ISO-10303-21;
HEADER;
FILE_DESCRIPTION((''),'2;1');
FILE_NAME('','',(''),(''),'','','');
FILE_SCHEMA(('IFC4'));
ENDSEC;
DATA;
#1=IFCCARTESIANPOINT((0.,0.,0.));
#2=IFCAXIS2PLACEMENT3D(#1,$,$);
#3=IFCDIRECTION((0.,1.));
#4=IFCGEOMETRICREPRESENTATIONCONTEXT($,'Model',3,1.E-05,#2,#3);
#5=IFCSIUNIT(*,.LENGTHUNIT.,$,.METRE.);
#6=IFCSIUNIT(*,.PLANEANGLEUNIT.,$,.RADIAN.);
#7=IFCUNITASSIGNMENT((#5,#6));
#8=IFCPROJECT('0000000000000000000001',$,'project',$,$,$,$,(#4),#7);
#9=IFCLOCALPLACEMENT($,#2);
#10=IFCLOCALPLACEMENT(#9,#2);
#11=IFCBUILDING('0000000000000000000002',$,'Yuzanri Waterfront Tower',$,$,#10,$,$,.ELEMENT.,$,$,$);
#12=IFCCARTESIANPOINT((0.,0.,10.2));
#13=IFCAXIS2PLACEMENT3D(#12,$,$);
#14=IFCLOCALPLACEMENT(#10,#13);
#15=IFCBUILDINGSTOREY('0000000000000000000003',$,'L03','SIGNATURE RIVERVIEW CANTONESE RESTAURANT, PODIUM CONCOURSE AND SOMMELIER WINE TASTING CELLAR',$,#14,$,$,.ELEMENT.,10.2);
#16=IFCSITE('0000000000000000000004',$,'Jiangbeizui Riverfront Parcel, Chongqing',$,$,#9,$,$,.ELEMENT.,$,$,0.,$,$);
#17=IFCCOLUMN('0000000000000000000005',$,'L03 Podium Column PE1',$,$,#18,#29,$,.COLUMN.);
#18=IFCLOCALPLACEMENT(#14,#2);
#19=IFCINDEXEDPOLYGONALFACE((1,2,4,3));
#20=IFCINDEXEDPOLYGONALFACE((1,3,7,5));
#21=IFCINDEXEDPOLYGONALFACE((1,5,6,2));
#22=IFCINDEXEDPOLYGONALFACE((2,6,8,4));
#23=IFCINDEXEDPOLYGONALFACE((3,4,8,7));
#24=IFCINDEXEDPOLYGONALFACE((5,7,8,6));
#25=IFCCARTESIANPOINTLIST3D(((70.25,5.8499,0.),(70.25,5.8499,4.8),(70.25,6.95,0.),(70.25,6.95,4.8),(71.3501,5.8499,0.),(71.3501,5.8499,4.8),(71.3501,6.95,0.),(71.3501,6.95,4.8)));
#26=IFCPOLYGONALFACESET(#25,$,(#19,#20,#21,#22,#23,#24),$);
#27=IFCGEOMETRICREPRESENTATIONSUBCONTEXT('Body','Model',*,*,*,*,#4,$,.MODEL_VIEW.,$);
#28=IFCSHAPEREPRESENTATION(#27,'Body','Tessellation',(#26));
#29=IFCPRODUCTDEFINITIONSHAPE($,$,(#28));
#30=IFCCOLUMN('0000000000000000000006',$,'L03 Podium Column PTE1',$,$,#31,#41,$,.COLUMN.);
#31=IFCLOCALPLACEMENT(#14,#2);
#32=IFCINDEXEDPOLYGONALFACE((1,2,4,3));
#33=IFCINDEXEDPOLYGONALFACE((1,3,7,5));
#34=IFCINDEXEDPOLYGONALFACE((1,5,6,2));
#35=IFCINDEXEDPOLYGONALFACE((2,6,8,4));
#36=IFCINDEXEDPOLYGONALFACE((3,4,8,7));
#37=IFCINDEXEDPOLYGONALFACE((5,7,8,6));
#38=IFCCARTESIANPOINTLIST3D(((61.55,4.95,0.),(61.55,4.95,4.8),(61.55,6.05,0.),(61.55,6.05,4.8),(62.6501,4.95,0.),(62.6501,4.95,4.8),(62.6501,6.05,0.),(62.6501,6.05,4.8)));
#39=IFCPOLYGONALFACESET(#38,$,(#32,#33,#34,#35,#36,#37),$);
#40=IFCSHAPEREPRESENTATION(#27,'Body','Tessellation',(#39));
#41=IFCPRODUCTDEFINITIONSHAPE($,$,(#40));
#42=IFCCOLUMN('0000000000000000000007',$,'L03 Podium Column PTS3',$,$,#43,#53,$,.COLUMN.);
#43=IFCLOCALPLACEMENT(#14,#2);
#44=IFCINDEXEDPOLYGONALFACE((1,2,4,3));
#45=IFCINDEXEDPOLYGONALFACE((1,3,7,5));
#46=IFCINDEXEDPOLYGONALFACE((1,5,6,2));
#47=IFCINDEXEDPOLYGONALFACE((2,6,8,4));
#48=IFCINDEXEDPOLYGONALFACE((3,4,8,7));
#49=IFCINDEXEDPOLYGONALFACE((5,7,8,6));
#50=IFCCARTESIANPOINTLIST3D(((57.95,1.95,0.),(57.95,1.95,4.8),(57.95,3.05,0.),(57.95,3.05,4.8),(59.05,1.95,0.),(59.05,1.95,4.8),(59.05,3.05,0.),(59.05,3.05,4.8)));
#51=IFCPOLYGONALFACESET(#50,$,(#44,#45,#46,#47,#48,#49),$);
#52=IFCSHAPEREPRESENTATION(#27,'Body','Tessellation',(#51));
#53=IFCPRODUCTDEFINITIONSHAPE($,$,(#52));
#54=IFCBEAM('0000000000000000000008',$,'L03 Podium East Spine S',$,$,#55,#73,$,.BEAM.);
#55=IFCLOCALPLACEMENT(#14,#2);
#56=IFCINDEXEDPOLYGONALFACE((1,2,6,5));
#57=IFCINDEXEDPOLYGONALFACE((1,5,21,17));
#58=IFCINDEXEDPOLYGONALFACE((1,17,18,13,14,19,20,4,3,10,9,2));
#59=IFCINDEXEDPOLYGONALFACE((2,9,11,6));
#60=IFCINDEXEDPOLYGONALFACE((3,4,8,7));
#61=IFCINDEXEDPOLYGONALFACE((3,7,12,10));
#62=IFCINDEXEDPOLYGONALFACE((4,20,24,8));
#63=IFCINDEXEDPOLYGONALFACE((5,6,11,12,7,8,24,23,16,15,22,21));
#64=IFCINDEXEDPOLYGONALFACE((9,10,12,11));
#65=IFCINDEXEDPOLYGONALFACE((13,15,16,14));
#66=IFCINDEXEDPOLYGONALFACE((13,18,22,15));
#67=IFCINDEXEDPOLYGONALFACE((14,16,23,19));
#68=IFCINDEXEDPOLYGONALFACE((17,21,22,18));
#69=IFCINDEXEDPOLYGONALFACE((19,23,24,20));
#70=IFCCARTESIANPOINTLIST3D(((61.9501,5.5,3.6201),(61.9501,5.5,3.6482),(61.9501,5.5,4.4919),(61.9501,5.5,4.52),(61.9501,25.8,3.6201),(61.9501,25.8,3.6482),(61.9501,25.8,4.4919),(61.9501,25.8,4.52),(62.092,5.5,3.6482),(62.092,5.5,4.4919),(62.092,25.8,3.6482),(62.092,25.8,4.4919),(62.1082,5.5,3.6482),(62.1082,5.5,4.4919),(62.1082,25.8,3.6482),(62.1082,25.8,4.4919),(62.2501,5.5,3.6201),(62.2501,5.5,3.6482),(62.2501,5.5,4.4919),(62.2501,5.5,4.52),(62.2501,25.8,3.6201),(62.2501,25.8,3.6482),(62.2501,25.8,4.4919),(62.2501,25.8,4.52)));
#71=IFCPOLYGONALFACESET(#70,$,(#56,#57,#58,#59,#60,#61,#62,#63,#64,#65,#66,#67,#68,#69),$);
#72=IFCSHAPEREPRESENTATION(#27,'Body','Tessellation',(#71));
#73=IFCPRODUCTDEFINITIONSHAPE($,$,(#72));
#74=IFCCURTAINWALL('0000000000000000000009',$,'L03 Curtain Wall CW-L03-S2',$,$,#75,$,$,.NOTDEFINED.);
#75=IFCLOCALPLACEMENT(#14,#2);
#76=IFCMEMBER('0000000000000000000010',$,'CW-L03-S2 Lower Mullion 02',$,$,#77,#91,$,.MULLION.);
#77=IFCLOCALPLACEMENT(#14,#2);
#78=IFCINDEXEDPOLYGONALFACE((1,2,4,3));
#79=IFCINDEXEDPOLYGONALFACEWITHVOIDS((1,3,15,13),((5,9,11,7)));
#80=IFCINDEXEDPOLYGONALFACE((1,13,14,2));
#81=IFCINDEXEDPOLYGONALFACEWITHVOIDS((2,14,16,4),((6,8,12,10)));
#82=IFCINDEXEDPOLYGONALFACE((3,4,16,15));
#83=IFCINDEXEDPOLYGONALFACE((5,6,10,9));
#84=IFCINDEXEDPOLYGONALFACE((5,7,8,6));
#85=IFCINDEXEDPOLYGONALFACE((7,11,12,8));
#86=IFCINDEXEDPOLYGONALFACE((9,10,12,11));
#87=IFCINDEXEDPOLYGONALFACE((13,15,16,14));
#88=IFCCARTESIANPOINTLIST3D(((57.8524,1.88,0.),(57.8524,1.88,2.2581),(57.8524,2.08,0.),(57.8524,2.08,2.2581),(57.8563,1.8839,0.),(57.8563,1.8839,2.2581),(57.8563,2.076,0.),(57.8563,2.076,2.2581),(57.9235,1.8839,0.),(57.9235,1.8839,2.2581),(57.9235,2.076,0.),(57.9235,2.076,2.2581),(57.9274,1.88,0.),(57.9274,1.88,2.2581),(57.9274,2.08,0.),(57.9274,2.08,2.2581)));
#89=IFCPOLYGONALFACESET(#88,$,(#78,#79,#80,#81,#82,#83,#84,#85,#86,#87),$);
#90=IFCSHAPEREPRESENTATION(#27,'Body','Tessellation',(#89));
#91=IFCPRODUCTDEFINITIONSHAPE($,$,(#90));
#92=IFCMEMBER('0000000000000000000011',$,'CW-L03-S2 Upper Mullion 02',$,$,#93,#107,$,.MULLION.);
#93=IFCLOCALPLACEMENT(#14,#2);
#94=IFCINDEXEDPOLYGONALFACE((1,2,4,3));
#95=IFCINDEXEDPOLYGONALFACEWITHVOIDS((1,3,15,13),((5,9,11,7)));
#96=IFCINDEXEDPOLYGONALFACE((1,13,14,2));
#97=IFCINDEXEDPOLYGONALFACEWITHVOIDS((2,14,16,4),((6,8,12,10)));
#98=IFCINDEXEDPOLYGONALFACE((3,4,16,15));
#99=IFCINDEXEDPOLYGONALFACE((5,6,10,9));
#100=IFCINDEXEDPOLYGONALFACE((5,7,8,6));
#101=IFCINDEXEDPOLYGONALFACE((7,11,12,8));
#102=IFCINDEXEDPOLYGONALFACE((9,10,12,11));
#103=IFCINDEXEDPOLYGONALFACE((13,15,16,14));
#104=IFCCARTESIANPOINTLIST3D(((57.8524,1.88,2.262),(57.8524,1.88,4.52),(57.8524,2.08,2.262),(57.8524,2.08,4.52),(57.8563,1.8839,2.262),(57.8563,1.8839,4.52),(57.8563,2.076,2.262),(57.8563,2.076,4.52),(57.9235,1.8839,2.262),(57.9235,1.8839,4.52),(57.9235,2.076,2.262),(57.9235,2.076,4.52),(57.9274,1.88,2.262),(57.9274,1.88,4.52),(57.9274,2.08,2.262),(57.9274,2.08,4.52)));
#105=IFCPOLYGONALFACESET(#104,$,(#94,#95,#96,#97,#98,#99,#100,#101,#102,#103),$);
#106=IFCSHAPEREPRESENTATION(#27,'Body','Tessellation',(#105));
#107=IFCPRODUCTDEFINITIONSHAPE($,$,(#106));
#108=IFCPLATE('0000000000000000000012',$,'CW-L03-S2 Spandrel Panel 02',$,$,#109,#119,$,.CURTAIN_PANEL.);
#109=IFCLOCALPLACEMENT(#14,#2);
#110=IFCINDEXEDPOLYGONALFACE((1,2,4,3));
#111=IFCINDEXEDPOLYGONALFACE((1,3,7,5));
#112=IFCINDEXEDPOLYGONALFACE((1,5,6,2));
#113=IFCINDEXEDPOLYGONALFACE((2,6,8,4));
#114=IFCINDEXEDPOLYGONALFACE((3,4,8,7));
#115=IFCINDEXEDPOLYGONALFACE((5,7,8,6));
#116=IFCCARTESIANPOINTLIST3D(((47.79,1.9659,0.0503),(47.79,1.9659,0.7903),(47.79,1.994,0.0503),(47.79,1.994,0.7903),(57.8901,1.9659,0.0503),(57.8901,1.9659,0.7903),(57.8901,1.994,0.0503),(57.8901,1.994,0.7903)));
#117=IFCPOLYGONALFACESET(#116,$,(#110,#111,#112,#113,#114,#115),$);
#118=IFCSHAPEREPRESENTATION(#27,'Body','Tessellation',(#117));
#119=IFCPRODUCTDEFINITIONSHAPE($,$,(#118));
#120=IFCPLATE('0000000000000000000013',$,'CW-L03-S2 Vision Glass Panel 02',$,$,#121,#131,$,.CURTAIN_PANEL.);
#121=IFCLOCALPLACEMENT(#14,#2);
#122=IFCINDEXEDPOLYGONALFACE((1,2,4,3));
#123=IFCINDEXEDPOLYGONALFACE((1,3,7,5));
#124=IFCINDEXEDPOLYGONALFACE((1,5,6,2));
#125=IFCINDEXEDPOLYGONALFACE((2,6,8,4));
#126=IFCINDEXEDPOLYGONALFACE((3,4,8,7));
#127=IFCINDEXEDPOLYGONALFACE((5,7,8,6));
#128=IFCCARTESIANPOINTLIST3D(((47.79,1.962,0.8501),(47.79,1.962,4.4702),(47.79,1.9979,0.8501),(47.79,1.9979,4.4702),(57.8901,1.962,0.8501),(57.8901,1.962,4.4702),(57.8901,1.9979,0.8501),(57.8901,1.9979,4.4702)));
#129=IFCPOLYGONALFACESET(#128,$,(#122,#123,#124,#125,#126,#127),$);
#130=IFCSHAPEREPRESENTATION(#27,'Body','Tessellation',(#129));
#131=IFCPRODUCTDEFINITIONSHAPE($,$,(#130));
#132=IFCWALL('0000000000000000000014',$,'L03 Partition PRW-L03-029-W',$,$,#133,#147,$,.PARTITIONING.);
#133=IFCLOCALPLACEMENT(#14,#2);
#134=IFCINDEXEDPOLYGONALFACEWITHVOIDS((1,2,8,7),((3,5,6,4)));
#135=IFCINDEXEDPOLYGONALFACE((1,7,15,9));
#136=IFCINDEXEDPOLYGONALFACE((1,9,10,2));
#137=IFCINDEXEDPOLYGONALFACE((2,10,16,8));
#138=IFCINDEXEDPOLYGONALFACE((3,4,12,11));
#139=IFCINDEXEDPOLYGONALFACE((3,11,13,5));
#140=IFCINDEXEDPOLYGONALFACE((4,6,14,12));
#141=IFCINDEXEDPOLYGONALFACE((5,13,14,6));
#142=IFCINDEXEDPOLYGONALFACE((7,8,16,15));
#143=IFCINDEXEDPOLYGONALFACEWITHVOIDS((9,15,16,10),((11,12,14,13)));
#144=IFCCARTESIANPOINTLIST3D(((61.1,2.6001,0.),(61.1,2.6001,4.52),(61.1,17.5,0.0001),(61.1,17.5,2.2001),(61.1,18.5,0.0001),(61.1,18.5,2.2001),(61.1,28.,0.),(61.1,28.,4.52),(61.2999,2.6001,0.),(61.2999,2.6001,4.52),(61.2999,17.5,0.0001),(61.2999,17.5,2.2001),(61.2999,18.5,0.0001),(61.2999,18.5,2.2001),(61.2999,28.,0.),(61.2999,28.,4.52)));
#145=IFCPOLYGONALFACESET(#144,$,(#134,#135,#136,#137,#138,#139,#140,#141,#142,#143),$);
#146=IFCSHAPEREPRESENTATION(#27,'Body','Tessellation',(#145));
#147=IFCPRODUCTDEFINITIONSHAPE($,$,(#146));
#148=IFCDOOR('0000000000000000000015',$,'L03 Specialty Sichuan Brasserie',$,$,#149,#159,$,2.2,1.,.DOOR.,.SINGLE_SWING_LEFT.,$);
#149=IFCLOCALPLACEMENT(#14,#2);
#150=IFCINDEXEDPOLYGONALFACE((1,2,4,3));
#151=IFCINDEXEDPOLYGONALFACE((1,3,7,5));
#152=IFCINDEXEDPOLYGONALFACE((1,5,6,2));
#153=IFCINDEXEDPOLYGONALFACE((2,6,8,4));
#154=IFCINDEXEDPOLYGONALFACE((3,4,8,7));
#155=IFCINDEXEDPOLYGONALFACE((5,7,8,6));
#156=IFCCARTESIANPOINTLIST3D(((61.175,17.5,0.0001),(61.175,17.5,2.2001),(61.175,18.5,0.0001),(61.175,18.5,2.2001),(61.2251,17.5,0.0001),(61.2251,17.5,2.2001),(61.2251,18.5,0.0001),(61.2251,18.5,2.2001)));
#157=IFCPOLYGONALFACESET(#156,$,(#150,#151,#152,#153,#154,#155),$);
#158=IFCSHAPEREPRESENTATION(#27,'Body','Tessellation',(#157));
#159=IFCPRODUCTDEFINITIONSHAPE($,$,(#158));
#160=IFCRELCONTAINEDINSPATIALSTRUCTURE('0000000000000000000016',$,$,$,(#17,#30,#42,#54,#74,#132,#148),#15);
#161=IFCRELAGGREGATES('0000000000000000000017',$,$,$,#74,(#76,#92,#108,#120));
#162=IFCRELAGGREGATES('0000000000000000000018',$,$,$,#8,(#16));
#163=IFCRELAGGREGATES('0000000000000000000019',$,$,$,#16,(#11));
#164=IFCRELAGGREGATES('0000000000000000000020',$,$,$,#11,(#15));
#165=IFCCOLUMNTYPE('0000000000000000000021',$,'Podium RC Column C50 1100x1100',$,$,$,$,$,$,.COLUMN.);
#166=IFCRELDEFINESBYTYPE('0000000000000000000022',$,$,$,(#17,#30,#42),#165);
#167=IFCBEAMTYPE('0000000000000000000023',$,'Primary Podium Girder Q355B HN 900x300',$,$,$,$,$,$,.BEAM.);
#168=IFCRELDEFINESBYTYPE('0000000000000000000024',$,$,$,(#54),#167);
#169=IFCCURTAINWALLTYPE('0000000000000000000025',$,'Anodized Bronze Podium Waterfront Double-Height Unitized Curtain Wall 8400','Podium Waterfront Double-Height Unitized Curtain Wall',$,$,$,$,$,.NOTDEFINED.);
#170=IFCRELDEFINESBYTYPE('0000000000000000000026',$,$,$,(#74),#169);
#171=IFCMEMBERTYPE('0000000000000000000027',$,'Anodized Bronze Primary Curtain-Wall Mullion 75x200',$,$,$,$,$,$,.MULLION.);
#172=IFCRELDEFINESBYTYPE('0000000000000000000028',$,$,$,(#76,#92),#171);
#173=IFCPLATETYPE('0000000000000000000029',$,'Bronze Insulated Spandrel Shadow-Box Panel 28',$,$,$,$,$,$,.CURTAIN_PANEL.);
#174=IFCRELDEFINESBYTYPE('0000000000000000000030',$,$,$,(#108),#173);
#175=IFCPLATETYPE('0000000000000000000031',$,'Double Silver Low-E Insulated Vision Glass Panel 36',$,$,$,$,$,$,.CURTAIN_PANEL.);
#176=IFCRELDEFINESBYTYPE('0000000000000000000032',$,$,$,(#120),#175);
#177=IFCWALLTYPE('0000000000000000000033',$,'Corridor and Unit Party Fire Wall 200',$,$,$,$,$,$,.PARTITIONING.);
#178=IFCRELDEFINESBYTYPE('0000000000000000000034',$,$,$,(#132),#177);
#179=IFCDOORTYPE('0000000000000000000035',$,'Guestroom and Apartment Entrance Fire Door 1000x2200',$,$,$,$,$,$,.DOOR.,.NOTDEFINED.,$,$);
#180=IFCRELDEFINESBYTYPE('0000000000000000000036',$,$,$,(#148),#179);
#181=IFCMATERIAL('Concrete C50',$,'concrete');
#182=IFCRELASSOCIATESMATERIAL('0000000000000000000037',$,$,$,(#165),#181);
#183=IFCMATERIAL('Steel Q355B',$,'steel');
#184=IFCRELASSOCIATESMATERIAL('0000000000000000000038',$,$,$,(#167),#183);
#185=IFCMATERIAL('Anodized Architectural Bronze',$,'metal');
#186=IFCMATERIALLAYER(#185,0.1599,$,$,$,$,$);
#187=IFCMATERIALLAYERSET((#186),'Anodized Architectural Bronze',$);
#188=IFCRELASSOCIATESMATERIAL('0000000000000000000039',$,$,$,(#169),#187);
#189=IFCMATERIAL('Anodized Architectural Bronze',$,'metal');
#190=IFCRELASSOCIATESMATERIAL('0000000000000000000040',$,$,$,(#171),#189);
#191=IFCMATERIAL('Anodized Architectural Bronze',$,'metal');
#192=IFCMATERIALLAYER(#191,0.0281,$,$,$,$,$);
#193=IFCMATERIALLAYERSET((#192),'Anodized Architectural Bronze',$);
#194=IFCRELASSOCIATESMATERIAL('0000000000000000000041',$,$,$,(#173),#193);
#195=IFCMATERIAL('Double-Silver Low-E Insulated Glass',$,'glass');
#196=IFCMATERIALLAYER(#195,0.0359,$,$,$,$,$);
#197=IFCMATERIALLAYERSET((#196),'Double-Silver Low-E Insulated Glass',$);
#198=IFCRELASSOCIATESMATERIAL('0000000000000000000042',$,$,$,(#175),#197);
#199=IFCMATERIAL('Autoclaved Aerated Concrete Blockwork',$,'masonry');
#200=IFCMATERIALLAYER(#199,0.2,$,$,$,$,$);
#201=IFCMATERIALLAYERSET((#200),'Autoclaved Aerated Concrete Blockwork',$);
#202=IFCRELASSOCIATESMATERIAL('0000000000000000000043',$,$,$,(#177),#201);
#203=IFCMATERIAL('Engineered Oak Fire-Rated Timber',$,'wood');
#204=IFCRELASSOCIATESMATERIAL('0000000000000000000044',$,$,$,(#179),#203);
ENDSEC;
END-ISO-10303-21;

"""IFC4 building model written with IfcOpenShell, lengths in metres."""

from ifc_helpers import new_model, si_unit, direction, frame, frame_2d, origin, origin_2d, place, context, subcontext, project, spatial, rectangle, hollow_rectangle, i_section, extrude, source, transform, mapped, material, layer, layer_set, material_profile, profile_set, type_object, element, fill, aggregate, save


model = new_model("IFC4")

# Units and contexts
model_context = context("Model", 3, precision=1e-05, world=origin(), true_north=direction((0.0, 1.0)))
body_context = subcontext(model_context, "Body", "Model", "MODEL_VIEW")
ifc_project = project(units=[si_unit("LENGTHUNIT", "METRE"), si_unit("PLANEANGLEUNIT", "RADIAN")], contexts=[model_context])

# Site, building, storey
site_placement = place(None, origin())
site = spatial("IfcSite", under=ifc_project, at=site_placement, Name="Jiangbeizui Riverfront Parcel, Chongqing", CompositionType="ELEMENT", RefElevation=0.0)
building_placement = place(site_placement, origin())
building = spatial("IfcBuilding", under=site, at=building_placement, Name="Yuzanri Waterfront Tower", CompositionType="ELEMENT")
storey_placement = place(building_placement, frame((0.0, 0.0, 10.2)))
storey = spatial("IfcBuildingStorey", under=building, at=storey_placement, Name="L03", Description="SIGNATURE RIVERVIEW CANTONESE RESTAURANT, PODIUM CONCOURSE AND SOMMELIER WINE TASTING CELLAR", CompositionType="ELEMENT", Elevation=10.2)

# Columns
ifc_material_1 = material(Name="Concrete C50", Category="concrete")
ifc_material_profile_1 = material_profile(ifc_material_1, rectangle(XDim=1.1001, YDim=1.1001, at=origin_2d()), Name="RC 1100x1100")
ifc_profile_set_1 = profile_set([ifc_material_profile_1], Name="Concrete C50")
column_type = type_object("IfcColumnType", Name="Podium RC Column C50 1100x1100", PredefinedType="COLUMN", material=ifc_profile_set_1)
shared_shape_1 = source(origin(), body_context, "Body", "SweptSolid", [
    extrude(rectangle(XDim=1.1001, YDim=1.1001, at=origin_2d()), origin(), (0.0, 0.0, 1.0), 4.8),
])
for number, where, z_axis, x_axis, name in (
    (1, (70.8, 6.3999, 0.0), (0.0, 0.0, 1.0), (1.0, 0.0, 0.0), "L03 Podium Column PE1"),
    (2, (62.1001, 5.5, 0.0), (0.0, 0.0, 1.0), (1.0, 0.0, 0.0), "L03 Podium Column PTE1"),
    (3, (58.5, 2.5, 0.0), (0.0, 0.0, 1.0), (1.0, 0.0, 0.0), "L03 Podium Column PTS3"),
):
    element("IfcColumn", number, at=place(storey_placement, frame(where, z_axis=z_axis, x_axis=x_axis)), inside=storey, type_object=column_type, Name=name, PredefinedType="COLUMN", context=body_context, shape_type="MappedRepresentation", body=[
        mapped(shared_shape_1, transform((0.0, 0.0, 0.0), scale=1.0)),
    ])

# Beam
ifc_material_2 = material(Name="Steel Q355B", Category="steel")
ifc_material_profile_2 = material_profile(ifc_material_2, i_section(OverallWidth=0.3, OverallDepth=0.8999, WebThickness=0.0161, FlangeThickness=0.0281, at=origin_2d()), Name="HN 900x300x16x28")
ifc_profile_set_2 = profile_set([ifc_material_profile_2], Name="Steel Q355B")
beam_type = type_object("IfcBeamType", Name="Primary Podium Girder Q355B HN 900x300", PredefinedType="BEAM", material=ifc_profile_set_2)
shared_shape_2 = source(origin(), body_context, "Body", "SweptSolid", [
    extrude(i_section(OverallWidth=0.3, OverallDepth=0.8999, WebThickness=0.0161, FlangeThickness=0.0281, at=origin_2d()), origin(), (0.0, 0.0, 1.0), 20.3),
])
beam_placement = place(storey_placement, frame((62.1001, 5.5, 4.0701), z_axis=(0.0, 1.0, 0.0), x_axis=(-1.0, 0.0, 0.0)))
element("IfcBeam", 4, at=beam_placement, inside=storey, type_object=beam_type, Name="L03 Podium East Spine S", PredefinedType="BEAM", context=body_context, shape_type="MappedRepresentation", body=[
    mapped(shared_shape_2, transform((0.0, 0.0, 0.0), scale=1.0)),
])

# Curtain wall, members, plates
ifc_material_3 = material(Name="Anodized Architectural Bronze", Category="metal")
ifc_layer_1 = layer(ifc_material_3, 0.1599)
ifc_layer_set_1 = layer_set([ifc_layer_1], Name="Anodized Architectural Bronze")
curtain_wall_type = type_object("IfcCurtainWallType", Name="Anodized Bronze Podium Waterfront Double-Height Unitized Curtain Wall 8400", Description="Podium Waterfront Double-Height Unitized Curtain Wall", PredefinedType="NOTDEFINED", material=ifc_layer_set_1)
curtain_wall_placement = place(storey_placement, origin())
curtain_wall = element("IfcCurtainWall", 5, at=curtain_wall_placement, inside=storey, type_object=curtain_wall_type, Name="L03 Curtain Wall CW-L03-S2", PredefinedType="NOTDEFINED")
ifc_material_4 = material(Name="Anodized Architectural Bronze", Category="metal")
ifc_material_profile_3 = material_profile(ifc_material_4, hollow_rectangle(XDim=0.075, YDim=0.2, WallThickness=0.0039, at=origin_2d()), Name="CWM 75x200")
ifc_profile_set_3 = profile_set([ifc_material_profile_3], Name="Anodized Architectural Bronze")
member_type = type_object("IfcMemberType", Name="Anodized Bronze Primary Curtain-Wall Mullion 75x200", PredefinedType="MULLION", material=ifc_profile_set_3)
shared_shape_3 = source(origin(), body_context, "Body", "SweptSolid", [
    extrude(hollow_rectangle(XDim=0.075, YDim=0.2, WallThickness=0.0039, at=origin_2d()), origin(), (0.0, 0.0, 1.0), 2.2581),
])
member_1_placement = place(storey_placement, frame((57.8899, 1.98, 0.0), z_axis=(0.0, 0.0, 1.0), x_axis=(1.0, 0.0, 0.0)))
member_1 = element("IfcMember", 6, at=member_1_placement, type_object=member_type, Name="CW-L03-S2 Lower Mullion 02", PredefinedType="MULLION", context=body_context, shape_type="MappedRepresentation", body=[
    mapped(shared_shape_3, transform((0.0, 0.0, 0.0), scale=1.0)),
])
member_2_placement = place(storey_placement, frame((57.8899, 1.98, 2.262), z_axis=(0.0, 0.0, 1.0), x_axis=(1.0, 0.0, 0.0)))
member_2 = element("IfcMember", 7, at=member_2_placement, type_object=member_type, Name="CW-L03-S2 Upper Mullion 02", PredefinedType="MULLION", context=body_context, shape_type="MappedRepresentation", body=[
    mapped(shared_shape_3, transform((0.0, 0.0, 0.0), scale=1.0)),
])
ifc_material_5 = material(Name="Anodized Architectural Bronze", Category="metal")
ifc_layer_2 = layer(ifc_material_5, 0.0281)
ifc_layer_set_2 = layer_set([ifc_layer_2], Name="Anodized Architectural Bronze")
plate_type_1 = type_object("IfcPlateType", Name="Bronze Insulated Spandrel Shadow-Box Panel 28", PredefinedType="CURTAIN_PANEL", material=ifc_layer_set_2)
shared_shape_4 = source(origin(), body_context, "Body", "SweptSolid", [
    extrude(rectangle(XDim=10.1001, YDim=0.0281, at=origin_2d()), origin(), (0.0, 0.0, 1.0), 0.74),
])
plate_1_placement = place(storey_placement, frame((52.8401, 1.98, 0.0503), z_axis=(0.0, 0.0, 1.0), x_axis=(1.0, 0.0, 0.0)))
plate_1 = element("IfcPlate", 8, at=plate_1_placement, type_object=plate_type_1, Name="CW-L03-S2 Spandrel Panel 02", PredefinedType="CURTAIN_PANEL", context=body_context, shape_type="MappedRepresentation", body=[
    mapped(shared_shape_4, transform((0.0, 0.0, 0.0), scale=1.0)),
])
ifc_material_6 = material(Name="Double-Silver Low-E Insulated Glass", Category="glass")
ifc_layer_3 = layer(ifc_material_6, 0.0359)
ifc_layer_set_3 = layer_set([ifc_layer_3], Name="Double-Silver Low-E Insulated Glass")
plate_type_2 = type_object("IfcPlateType", Name="Double Silver Low-E Insulated Vision Glass Panel 36", PredefinedType="CURTAIN_PANEL", material=ifc_layer_set_3)
shared_shape_5 = source(origin(), body_context, "Body", "SweptSolid", [
    extrude(rectangle(XDim=10.1001, YDim=0.0359, at=origin_2d()), origin(), (0.0, 0.0, 1.0), 3.6201),
])
plate_2_placement = place(storey_placement, frame((52.8401, 1.98, 0.8501), z_axis=(0.0, 0.0, 1.0), x_axis=(1.0, 0.0, 0.0)))
plate_2 = element("IfcPlate", 9, at=plate_2_placement, type_object=plate_type_2, Name="CW-L03-S2 Vision Glass Panel 02", PredefinedType="CURTAIN_PANEL", context=body_context, shape_type="MappedRepresentation", body=[
    mapped(shared_shape_5, transform((0.0, 0.0, 0.0), scale=1.0)),
])
aggregate(curtain_wall, [member_1, member_2, plate_1, plate_2])

# Wall, opening, door
ifc_material_7 = material(Name="Autoclaved Aerated Concrete Blockwork", Category="masonry")
ifc_layer_4 = layer(ifc_material_7, 0.2)
ifc_layer_set_4 = layer_set([ifc_layer_4], Name="Autoclaved Aerated Concrete Blockwork")
wall_type_1 = type_object("IfcWallType", Name="Corridor and Unit Party Fire Wall 200", PredefinedType="PARTITIONING", material=ifc_layer_set_4)
wall_1_placement = place(storey_placement, frame((61.2, 2.6001, 0.0), z_axis=(0.0, 0.0, 1.0), x_axis=(0.0, 1.0, 0.0)))
wall_1 = element("IfcWall", 10, at=wall_1_placement, inside=storey, type_object=wall_type_1, Name="L03 Partition PRW-L03-029-W", PredefinedType="PARTITIONING", context=body_context, shape_type="SweptSolid", body=[
    extrude(rectangle(XDim=25.3999, YDim=0.2, at=frame_2d((12.7, 0.0))), origin(), (0.0, 0.0, 1.0), 4.52),
])
opening_1_placement = place(wall_1_placement, frame((14.8999, 0.0, 0.0)))
opening_1 = element("IfcOpeningElement", 11, at=opening_1_placement, cuts=wall_1, PredefinedType="OPENING", context=body_context, shape_type="SweptSolid", body=[
    extrude(rectangle(XDim=1.0, YDim=2.2, at=frame_2d((0.5, 1.1001))), frame((0.0, 0.1147, 0.0), z_axis=(0.0, -1.0, 0.0), x_axis=(1.0, 0.0, 0.0)), (0.0, 0.0, 1.0), 0.2297),
])
ifc_material_8 = material(Name="Engineered Oak Fire-Rated Timber", Category="wood")
door_type_1 = type_object("IfcDoorType", Name="Guestroom and Apartment Entrance Fire Door 1000x2200", OperationType="NOTDEFINED", PredefinedType="DOOR", material=ifc_material_8)
shared_shape_6 = source(origin(), body_context, "Body", "SweptSolid", [
    extrude(rectangle(XDim=1.0, YDim=2.2, at=frame_2d((0.5, 1.1001))), frame((0.0, 0.0249, 0.0), z_axis=(0.0, -1.0, 0.0), x_axis=(1.0, 0.0, 0.0)), (0.0, 0.0, 1.0), 0.05),
])
door_1_placement = place(opening_1_placement, origin())
door_1 = element("IfcDoor", 12, at=door_1_placement, inside=storey, type_object=door_type_1, Name="L03 Specialty Sichuan Brasserie", OperationType="SINGLE_SWING_LEFT", OverallHeight=2.2, OverallWidth=1.0, PredefinedType="DOOR", context=body_context, shape_type="MappedRepresentation", body=[
    mapped(shared_shape_6, transform((0.0, 0.0, 0.0), scale=1.0)),
])
fill(opening_1, door_1)

save(model, "model.ifc")
